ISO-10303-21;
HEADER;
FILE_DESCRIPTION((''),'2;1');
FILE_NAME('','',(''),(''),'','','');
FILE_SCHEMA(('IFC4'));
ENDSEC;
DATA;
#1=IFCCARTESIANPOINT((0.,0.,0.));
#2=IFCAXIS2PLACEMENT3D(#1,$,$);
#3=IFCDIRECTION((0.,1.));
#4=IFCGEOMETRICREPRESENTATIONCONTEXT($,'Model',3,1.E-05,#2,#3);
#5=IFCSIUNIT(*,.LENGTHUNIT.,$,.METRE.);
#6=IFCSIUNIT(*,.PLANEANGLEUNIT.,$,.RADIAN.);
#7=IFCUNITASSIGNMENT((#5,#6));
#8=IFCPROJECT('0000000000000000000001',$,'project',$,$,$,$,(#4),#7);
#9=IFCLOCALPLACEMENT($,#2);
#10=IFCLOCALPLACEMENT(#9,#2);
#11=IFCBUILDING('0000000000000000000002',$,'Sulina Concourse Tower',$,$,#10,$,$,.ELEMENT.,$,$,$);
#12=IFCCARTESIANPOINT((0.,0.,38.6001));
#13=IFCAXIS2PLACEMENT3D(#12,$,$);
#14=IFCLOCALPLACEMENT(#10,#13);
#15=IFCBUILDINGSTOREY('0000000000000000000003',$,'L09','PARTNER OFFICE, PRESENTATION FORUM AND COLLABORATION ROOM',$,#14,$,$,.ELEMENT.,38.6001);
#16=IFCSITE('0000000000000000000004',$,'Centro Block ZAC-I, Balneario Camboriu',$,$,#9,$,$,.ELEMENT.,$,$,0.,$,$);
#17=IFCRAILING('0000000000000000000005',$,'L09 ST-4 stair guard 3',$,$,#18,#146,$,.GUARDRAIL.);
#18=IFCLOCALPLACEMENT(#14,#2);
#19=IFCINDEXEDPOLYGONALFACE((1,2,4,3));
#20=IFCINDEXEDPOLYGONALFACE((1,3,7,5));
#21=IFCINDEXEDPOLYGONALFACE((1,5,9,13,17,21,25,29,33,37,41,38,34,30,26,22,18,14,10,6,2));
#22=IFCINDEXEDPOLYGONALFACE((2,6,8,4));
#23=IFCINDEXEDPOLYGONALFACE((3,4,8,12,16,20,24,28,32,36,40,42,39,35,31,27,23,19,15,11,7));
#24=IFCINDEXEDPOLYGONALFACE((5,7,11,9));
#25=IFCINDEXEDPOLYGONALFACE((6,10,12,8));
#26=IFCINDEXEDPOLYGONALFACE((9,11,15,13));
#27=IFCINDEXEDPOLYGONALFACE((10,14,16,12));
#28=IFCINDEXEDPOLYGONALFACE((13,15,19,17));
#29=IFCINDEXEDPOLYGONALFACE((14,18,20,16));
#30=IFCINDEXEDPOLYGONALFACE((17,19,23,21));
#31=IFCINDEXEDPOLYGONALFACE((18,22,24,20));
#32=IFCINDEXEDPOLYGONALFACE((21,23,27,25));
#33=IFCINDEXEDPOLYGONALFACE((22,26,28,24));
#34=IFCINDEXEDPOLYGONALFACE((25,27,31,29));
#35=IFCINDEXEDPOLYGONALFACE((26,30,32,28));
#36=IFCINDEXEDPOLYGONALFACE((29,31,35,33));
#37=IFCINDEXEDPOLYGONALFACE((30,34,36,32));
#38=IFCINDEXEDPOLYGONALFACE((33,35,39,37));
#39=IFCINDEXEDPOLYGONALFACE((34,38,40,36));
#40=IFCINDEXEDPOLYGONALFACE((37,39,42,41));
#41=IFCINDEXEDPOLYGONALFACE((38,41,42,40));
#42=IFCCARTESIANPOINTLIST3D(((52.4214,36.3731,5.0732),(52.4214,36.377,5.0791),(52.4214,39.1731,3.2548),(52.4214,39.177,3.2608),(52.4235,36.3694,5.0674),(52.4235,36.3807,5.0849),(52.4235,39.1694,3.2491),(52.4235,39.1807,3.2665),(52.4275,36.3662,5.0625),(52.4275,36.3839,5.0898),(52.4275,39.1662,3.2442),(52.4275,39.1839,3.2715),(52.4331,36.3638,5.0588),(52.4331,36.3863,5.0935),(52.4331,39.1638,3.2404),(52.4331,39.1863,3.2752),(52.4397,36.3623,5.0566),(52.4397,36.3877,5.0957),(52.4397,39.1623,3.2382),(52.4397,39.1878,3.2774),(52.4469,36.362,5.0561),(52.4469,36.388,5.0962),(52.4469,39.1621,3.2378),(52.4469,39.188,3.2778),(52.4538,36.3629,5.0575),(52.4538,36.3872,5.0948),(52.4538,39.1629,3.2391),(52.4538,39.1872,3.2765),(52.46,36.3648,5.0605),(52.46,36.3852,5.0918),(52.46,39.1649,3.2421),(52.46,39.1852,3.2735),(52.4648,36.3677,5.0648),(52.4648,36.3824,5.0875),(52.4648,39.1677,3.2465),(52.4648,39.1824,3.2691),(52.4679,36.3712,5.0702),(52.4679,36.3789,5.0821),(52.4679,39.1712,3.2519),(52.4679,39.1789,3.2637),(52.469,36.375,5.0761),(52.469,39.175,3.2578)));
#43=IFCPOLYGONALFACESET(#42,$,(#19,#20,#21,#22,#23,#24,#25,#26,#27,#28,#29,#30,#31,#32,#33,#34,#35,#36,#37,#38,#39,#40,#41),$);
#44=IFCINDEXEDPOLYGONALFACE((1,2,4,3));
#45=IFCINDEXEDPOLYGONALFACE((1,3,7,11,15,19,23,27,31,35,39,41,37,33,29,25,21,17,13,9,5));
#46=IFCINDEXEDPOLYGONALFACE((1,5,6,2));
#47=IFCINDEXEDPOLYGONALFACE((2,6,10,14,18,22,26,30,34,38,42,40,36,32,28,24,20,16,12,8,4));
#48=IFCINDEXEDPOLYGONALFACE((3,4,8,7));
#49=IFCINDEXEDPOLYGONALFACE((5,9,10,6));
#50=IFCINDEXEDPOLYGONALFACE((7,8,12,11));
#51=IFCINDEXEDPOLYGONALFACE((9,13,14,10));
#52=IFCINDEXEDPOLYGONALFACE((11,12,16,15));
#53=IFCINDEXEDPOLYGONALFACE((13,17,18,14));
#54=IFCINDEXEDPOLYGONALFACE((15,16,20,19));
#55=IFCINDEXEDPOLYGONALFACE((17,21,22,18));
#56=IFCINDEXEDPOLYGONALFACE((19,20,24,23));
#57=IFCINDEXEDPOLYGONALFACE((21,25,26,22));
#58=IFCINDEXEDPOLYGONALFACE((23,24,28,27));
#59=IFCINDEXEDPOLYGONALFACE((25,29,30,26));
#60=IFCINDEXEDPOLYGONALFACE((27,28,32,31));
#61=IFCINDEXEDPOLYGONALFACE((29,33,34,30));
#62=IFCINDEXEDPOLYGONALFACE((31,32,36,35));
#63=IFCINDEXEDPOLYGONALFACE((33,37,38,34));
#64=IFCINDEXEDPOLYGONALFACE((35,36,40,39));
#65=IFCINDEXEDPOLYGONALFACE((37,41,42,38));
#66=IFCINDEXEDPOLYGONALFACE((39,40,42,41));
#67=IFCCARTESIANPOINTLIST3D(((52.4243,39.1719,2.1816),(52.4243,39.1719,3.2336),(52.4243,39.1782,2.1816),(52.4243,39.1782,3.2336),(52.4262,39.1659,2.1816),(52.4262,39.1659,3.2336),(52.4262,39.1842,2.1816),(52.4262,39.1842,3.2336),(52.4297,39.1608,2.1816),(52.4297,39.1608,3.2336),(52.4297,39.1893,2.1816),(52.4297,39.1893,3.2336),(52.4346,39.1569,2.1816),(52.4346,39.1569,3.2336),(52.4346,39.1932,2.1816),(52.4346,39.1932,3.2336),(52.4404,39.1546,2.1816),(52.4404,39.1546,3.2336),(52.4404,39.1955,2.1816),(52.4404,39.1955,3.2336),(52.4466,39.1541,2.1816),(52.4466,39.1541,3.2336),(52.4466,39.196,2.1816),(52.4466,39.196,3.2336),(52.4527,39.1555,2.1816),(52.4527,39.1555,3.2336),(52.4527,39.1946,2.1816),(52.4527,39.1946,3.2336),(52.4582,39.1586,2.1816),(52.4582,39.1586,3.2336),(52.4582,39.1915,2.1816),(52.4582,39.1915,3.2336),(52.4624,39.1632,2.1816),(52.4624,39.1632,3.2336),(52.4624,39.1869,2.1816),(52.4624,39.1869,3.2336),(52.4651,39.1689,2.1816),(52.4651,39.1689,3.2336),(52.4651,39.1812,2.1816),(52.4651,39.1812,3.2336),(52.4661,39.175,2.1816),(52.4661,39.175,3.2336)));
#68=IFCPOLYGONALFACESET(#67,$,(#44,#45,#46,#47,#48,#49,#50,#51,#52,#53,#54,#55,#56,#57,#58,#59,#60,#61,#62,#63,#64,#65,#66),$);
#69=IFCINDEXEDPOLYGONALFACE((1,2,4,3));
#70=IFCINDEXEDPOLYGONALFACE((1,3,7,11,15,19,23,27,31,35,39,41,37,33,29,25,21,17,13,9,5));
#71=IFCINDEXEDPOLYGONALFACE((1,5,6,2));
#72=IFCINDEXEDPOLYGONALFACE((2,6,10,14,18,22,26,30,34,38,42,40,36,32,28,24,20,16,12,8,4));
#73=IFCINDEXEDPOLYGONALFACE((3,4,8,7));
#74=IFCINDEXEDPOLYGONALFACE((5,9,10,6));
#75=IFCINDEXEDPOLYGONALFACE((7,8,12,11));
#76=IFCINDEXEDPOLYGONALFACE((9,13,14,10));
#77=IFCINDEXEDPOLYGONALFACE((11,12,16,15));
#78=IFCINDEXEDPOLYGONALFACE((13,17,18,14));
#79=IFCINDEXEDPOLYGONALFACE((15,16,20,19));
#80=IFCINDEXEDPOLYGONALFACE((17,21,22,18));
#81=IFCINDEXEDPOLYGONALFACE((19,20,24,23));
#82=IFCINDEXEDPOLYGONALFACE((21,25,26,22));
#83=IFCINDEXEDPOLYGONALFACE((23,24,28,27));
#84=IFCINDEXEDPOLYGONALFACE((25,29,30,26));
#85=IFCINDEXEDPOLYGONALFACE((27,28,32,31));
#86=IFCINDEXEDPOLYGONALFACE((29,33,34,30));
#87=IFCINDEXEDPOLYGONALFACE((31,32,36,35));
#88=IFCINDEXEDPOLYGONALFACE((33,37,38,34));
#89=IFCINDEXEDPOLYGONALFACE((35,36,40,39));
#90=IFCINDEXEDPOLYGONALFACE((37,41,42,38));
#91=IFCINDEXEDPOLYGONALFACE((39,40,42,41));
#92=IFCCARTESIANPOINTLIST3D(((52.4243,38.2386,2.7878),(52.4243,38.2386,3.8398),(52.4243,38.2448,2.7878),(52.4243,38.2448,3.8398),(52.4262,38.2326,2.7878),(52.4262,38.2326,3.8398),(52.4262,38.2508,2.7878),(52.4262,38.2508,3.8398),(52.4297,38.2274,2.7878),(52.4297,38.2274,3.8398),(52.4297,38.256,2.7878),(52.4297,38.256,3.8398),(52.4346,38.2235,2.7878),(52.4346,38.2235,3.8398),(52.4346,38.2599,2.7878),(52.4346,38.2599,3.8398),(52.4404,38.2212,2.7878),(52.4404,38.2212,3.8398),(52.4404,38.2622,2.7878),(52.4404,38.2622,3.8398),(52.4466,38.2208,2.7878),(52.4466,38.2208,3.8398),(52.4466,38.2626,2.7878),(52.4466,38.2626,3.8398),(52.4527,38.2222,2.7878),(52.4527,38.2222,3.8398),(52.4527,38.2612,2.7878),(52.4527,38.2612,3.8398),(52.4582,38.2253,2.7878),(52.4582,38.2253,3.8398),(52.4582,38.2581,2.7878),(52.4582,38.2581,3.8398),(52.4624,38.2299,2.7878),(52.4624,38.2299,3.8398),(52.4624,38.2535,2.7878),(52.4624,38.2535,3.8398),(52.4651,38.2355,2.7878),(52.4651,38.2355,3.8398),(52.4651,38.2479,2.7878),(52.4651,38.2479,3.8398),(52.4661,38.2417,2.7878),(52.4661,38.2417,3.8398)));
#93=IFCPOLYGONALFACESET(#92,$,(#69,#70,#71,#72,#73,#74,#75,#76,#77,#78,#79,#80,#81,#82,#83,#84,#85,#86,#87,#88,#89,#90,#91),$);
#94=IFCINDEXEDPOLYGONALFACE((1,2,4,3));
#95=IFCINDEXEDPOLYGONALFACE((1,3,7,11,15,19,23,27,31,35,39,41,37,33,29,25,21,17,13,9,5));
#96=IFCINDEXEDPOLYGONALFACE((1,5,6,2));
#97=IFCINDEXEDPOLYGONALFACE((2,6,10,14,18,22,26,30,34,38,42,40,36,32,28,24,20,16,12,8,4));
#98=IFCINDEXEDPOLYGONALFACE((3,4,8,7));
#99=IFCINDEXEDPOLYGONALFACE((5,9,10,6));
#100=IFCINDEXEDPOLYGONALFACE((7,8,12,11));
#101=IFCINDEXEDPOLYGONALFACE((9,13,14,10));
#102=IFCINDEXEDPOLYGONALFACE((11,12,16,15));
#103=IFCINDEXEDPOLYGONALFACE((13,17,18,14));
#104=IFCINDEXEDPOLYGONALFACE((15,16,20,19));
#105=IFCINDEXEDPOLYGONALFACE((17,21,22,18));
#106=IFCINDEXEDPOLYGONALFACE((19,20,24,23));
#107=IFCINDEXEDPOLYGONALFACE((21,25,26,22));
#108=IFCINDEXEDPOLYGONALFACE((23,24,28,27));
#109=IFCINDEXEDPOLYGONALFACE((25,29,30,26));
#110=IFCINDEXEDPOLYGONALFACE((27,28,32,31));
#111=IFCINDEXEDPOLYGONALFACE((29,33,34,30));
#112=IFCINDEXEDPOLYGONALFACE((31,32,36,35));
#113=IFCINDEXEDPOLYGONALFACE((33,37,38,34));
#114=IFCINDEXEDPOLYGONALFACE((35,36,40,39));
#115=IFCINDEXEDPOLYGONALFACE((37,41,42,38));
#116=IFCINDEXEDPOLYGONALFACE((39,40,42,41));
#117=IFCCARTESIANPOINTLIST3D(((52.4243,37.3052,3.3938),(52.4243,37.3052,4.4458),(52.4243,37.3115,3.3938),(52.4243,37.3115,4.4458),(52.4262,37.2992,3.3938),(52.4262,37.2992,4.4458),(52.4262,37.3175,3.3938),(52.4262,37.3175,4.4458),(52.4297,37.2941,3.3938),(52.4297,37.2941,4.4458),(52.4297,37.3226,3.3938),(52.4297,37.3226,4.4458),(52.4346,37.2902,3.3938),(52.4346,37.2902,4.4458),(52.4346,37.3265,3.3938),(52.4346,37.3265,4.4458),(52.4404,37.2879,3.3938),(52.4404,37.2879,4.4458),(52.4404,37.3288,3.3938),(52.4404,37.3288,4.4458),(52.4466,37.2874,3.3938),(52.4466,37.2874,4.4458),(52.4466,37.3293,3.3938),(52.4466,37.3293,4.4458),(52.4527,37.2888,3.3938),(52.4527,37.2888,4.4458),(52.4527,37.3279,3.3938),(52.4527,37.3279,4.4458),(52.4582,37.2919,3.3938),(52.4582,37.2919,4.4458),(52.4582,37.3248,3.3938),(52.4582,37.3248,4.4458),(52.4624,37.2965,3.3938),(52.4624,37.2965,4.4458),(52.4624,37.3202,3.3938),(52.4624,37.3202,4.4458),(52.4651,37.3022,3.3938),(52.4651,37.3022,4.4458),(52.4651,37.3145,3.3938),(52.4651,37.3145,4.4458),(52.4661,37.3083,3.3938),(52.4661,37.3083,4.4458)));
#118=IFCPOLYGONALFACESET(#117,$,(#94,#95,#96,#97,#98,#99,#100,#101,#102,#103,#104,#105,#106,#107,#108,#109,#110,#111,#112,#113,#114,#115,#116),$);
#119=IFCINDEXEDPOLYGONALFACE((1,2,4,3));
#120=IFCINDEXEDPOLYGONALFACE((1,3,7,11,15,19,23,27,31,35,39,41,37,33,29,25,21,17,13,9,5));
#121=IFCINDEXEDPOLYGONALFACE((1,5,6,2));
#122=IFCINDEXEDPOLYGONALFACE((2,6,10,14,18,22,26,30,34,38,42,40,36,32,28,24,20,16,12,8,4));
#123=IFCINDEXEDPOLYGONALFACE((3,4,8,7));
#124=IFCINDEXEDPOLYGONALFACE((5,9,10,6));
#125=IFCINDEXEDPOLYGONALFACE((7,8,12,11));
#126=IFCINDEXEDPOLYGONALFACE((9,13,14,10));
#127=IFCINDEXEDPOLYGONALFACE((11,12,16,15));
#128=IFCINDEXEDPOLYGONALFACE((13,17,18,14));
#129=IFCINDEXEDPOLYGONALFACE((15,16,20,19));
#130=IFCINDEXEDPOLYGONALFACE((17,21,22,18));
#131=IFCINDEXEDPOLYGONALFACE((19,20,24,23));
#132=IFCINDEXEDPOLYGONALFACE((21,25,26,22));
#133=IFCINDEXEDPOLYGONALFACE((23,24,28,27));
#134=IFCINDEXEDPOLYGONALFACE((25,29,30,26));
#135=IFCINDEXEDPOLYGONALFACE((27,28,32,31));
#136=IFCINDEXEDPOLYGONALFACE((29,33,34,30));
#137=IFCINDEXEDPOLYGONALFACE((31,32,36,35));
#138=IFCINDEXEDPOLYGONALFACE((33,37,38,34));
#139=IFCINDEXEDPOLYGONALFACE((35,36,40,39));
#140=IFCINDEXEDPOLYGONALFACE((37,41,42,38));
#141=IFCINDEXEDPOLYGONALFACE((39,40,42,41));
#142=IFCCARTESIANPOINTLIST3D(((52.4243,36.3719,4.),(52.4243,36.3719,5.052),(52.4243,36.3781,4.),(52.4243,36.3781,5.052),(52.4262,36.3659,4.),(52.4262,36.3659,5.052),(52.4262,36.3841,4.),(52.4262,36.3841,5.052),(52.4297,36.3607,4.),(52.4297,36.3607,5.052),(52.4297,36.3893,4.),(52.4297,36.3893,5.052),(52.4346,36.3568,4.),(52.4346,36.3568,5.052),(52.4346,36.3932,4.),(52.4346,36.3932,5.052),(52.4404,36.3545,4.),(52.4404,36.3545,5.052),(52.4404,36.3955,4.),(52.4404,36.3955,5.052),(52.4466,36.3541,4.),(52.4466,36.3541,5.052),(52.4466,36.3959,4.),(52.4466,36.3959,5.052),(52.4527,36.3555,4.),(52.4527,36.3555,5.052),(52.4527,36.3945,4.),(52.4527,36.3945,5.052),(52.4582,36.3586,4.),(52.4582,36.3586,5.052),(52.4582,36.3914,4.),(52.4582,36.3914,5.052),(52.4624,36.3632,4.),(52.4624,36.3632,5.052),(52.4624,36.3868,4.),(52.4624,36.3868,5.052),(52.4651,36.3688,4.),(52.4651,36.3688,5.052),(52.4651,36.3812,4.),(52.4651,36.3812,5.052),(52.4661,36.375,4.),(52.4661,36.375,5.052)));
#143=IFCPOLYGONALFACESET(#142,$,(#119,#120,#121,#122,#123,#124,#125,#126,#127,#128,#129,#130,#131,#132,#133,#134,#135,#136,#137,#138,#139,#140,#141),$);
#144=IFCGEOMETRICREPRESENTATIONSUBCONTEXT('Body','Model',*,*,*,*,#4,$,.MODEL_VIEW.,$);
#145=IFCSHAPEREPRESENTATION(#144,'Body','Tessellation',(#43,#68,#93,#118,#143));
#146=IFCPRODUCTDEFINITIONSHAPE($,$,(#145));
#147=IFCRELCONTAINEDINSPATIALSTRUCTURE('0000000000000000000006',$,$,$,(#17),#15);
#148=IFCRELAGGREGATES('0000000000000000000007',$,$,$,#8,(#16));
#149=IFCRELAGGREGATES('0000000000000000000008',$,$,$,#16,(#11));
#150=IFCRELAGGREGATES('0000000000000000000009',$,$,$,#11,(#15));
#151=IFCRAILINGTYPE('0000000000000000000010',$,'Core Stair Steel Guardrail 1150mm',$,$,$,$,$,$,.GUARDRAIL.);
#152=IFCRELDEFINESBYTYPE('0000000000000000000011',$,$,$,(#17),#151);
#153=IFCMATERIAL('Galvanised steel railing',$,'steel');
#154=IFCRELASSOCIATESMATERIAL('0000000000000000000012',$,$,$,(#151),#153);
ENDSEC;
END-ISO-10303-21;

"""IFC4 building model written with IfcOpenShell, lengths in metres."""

from ifc_helpers import new_model, si_unit, direction, frame, origin, origin_2d, place, context, subcontext, project, spatial, circle, extrude, material, type_object, element, save


model = new_model("IFC4")

# Units and contexts
model_context = context("Model", 3, precision=1e-05, world=origin(), true_north=direction((0.0, 1.0)))
body_context = subcontext(model_context, "Body", "Model", "MODEL_VIEW")
ifc_project = project(units=[si_unit("LENGTHUNIT", "METRE"), si_unit("PLANEANGLEUNIT", "RADIAN")], contexts=[model_context])

# Site, building, storey
site_placement = place(None, origin())
site = spatial("IfcSite", under=ifc_project, at=site_placement, Name="Centro Block ZAC-I, Balneario Camboriu", CompositionType="ELEMENT", RefElevation=0.0)
building_placement = place(site_placement, origin())
building = spatial("IfcBuilding", under=site, at=building_placement, Name="Sulina Concourse Tower", CompositionType="ELEMENT")
storey_placement = place(building_placement, frame((0.0, 0.0, 38.6001)))
storey = spatial("IfcBuildingStorey", under=building, at=storey_placement, Name="L09", Description="PARTNER OFFICE, PRESENTATION FORUM AND COLLABORATION ROOM", CompositionType="ELEMENT", Elevation=38.6001)

# Railing
ifc_material_1 = material(Name="Galvanised steel railing", Category="steel")
railing_type_1 = type_object("IfcRailingType", Name="Core Stair Steel Guardrail 1150mm", PredefinedType="GUARDRAIL", material=ifc_material_1)
railing_1_placement = place(storey_placement, frame((52.4451, 39.175, 2.1816)))
element("IfcRailing", 1, at=railing_1_placement, inside=storey, type_object=railing_type_1, Name="L09 ST-4 stair guard 3", PredefinedType="GUARDRAIL", context=body_context, shape_type="SweptSolid", body=[
    extrude(circle(Radius=0.0239, at=origin_2d()), frame((0.0, 0.0, 1.0762), z_axis=(0.0, -0.838672, 0.544636), x_axis=(1.0, 0.0, 0.0)), (0.0, 0.0, 1.0), 3.3386),
    extrude(circle(Radius=0.021, at=origin_2d()), origin(), (0.0, 0.0, 1.0), 1.052),
    extrude(circle(Radius=0.021, at=origin_2d()), frame((0.0, -0.9333, 0.6062)), (0.0, 0.0, 1.0), 1.052),
    extrude(circle(Radius=0.021, at=origin_2d()), frame((0.0, -1.8667, 1.2122)), (0.0, 0.0, 1.0), 1.052),
    extrude(circle(Radius=0.021, at=origin_2d()), frame((0.0, -2.8, 1.8184)), (0.0, 0.0, 1.0), 1.052),
])

save(model, "model.ifc")
